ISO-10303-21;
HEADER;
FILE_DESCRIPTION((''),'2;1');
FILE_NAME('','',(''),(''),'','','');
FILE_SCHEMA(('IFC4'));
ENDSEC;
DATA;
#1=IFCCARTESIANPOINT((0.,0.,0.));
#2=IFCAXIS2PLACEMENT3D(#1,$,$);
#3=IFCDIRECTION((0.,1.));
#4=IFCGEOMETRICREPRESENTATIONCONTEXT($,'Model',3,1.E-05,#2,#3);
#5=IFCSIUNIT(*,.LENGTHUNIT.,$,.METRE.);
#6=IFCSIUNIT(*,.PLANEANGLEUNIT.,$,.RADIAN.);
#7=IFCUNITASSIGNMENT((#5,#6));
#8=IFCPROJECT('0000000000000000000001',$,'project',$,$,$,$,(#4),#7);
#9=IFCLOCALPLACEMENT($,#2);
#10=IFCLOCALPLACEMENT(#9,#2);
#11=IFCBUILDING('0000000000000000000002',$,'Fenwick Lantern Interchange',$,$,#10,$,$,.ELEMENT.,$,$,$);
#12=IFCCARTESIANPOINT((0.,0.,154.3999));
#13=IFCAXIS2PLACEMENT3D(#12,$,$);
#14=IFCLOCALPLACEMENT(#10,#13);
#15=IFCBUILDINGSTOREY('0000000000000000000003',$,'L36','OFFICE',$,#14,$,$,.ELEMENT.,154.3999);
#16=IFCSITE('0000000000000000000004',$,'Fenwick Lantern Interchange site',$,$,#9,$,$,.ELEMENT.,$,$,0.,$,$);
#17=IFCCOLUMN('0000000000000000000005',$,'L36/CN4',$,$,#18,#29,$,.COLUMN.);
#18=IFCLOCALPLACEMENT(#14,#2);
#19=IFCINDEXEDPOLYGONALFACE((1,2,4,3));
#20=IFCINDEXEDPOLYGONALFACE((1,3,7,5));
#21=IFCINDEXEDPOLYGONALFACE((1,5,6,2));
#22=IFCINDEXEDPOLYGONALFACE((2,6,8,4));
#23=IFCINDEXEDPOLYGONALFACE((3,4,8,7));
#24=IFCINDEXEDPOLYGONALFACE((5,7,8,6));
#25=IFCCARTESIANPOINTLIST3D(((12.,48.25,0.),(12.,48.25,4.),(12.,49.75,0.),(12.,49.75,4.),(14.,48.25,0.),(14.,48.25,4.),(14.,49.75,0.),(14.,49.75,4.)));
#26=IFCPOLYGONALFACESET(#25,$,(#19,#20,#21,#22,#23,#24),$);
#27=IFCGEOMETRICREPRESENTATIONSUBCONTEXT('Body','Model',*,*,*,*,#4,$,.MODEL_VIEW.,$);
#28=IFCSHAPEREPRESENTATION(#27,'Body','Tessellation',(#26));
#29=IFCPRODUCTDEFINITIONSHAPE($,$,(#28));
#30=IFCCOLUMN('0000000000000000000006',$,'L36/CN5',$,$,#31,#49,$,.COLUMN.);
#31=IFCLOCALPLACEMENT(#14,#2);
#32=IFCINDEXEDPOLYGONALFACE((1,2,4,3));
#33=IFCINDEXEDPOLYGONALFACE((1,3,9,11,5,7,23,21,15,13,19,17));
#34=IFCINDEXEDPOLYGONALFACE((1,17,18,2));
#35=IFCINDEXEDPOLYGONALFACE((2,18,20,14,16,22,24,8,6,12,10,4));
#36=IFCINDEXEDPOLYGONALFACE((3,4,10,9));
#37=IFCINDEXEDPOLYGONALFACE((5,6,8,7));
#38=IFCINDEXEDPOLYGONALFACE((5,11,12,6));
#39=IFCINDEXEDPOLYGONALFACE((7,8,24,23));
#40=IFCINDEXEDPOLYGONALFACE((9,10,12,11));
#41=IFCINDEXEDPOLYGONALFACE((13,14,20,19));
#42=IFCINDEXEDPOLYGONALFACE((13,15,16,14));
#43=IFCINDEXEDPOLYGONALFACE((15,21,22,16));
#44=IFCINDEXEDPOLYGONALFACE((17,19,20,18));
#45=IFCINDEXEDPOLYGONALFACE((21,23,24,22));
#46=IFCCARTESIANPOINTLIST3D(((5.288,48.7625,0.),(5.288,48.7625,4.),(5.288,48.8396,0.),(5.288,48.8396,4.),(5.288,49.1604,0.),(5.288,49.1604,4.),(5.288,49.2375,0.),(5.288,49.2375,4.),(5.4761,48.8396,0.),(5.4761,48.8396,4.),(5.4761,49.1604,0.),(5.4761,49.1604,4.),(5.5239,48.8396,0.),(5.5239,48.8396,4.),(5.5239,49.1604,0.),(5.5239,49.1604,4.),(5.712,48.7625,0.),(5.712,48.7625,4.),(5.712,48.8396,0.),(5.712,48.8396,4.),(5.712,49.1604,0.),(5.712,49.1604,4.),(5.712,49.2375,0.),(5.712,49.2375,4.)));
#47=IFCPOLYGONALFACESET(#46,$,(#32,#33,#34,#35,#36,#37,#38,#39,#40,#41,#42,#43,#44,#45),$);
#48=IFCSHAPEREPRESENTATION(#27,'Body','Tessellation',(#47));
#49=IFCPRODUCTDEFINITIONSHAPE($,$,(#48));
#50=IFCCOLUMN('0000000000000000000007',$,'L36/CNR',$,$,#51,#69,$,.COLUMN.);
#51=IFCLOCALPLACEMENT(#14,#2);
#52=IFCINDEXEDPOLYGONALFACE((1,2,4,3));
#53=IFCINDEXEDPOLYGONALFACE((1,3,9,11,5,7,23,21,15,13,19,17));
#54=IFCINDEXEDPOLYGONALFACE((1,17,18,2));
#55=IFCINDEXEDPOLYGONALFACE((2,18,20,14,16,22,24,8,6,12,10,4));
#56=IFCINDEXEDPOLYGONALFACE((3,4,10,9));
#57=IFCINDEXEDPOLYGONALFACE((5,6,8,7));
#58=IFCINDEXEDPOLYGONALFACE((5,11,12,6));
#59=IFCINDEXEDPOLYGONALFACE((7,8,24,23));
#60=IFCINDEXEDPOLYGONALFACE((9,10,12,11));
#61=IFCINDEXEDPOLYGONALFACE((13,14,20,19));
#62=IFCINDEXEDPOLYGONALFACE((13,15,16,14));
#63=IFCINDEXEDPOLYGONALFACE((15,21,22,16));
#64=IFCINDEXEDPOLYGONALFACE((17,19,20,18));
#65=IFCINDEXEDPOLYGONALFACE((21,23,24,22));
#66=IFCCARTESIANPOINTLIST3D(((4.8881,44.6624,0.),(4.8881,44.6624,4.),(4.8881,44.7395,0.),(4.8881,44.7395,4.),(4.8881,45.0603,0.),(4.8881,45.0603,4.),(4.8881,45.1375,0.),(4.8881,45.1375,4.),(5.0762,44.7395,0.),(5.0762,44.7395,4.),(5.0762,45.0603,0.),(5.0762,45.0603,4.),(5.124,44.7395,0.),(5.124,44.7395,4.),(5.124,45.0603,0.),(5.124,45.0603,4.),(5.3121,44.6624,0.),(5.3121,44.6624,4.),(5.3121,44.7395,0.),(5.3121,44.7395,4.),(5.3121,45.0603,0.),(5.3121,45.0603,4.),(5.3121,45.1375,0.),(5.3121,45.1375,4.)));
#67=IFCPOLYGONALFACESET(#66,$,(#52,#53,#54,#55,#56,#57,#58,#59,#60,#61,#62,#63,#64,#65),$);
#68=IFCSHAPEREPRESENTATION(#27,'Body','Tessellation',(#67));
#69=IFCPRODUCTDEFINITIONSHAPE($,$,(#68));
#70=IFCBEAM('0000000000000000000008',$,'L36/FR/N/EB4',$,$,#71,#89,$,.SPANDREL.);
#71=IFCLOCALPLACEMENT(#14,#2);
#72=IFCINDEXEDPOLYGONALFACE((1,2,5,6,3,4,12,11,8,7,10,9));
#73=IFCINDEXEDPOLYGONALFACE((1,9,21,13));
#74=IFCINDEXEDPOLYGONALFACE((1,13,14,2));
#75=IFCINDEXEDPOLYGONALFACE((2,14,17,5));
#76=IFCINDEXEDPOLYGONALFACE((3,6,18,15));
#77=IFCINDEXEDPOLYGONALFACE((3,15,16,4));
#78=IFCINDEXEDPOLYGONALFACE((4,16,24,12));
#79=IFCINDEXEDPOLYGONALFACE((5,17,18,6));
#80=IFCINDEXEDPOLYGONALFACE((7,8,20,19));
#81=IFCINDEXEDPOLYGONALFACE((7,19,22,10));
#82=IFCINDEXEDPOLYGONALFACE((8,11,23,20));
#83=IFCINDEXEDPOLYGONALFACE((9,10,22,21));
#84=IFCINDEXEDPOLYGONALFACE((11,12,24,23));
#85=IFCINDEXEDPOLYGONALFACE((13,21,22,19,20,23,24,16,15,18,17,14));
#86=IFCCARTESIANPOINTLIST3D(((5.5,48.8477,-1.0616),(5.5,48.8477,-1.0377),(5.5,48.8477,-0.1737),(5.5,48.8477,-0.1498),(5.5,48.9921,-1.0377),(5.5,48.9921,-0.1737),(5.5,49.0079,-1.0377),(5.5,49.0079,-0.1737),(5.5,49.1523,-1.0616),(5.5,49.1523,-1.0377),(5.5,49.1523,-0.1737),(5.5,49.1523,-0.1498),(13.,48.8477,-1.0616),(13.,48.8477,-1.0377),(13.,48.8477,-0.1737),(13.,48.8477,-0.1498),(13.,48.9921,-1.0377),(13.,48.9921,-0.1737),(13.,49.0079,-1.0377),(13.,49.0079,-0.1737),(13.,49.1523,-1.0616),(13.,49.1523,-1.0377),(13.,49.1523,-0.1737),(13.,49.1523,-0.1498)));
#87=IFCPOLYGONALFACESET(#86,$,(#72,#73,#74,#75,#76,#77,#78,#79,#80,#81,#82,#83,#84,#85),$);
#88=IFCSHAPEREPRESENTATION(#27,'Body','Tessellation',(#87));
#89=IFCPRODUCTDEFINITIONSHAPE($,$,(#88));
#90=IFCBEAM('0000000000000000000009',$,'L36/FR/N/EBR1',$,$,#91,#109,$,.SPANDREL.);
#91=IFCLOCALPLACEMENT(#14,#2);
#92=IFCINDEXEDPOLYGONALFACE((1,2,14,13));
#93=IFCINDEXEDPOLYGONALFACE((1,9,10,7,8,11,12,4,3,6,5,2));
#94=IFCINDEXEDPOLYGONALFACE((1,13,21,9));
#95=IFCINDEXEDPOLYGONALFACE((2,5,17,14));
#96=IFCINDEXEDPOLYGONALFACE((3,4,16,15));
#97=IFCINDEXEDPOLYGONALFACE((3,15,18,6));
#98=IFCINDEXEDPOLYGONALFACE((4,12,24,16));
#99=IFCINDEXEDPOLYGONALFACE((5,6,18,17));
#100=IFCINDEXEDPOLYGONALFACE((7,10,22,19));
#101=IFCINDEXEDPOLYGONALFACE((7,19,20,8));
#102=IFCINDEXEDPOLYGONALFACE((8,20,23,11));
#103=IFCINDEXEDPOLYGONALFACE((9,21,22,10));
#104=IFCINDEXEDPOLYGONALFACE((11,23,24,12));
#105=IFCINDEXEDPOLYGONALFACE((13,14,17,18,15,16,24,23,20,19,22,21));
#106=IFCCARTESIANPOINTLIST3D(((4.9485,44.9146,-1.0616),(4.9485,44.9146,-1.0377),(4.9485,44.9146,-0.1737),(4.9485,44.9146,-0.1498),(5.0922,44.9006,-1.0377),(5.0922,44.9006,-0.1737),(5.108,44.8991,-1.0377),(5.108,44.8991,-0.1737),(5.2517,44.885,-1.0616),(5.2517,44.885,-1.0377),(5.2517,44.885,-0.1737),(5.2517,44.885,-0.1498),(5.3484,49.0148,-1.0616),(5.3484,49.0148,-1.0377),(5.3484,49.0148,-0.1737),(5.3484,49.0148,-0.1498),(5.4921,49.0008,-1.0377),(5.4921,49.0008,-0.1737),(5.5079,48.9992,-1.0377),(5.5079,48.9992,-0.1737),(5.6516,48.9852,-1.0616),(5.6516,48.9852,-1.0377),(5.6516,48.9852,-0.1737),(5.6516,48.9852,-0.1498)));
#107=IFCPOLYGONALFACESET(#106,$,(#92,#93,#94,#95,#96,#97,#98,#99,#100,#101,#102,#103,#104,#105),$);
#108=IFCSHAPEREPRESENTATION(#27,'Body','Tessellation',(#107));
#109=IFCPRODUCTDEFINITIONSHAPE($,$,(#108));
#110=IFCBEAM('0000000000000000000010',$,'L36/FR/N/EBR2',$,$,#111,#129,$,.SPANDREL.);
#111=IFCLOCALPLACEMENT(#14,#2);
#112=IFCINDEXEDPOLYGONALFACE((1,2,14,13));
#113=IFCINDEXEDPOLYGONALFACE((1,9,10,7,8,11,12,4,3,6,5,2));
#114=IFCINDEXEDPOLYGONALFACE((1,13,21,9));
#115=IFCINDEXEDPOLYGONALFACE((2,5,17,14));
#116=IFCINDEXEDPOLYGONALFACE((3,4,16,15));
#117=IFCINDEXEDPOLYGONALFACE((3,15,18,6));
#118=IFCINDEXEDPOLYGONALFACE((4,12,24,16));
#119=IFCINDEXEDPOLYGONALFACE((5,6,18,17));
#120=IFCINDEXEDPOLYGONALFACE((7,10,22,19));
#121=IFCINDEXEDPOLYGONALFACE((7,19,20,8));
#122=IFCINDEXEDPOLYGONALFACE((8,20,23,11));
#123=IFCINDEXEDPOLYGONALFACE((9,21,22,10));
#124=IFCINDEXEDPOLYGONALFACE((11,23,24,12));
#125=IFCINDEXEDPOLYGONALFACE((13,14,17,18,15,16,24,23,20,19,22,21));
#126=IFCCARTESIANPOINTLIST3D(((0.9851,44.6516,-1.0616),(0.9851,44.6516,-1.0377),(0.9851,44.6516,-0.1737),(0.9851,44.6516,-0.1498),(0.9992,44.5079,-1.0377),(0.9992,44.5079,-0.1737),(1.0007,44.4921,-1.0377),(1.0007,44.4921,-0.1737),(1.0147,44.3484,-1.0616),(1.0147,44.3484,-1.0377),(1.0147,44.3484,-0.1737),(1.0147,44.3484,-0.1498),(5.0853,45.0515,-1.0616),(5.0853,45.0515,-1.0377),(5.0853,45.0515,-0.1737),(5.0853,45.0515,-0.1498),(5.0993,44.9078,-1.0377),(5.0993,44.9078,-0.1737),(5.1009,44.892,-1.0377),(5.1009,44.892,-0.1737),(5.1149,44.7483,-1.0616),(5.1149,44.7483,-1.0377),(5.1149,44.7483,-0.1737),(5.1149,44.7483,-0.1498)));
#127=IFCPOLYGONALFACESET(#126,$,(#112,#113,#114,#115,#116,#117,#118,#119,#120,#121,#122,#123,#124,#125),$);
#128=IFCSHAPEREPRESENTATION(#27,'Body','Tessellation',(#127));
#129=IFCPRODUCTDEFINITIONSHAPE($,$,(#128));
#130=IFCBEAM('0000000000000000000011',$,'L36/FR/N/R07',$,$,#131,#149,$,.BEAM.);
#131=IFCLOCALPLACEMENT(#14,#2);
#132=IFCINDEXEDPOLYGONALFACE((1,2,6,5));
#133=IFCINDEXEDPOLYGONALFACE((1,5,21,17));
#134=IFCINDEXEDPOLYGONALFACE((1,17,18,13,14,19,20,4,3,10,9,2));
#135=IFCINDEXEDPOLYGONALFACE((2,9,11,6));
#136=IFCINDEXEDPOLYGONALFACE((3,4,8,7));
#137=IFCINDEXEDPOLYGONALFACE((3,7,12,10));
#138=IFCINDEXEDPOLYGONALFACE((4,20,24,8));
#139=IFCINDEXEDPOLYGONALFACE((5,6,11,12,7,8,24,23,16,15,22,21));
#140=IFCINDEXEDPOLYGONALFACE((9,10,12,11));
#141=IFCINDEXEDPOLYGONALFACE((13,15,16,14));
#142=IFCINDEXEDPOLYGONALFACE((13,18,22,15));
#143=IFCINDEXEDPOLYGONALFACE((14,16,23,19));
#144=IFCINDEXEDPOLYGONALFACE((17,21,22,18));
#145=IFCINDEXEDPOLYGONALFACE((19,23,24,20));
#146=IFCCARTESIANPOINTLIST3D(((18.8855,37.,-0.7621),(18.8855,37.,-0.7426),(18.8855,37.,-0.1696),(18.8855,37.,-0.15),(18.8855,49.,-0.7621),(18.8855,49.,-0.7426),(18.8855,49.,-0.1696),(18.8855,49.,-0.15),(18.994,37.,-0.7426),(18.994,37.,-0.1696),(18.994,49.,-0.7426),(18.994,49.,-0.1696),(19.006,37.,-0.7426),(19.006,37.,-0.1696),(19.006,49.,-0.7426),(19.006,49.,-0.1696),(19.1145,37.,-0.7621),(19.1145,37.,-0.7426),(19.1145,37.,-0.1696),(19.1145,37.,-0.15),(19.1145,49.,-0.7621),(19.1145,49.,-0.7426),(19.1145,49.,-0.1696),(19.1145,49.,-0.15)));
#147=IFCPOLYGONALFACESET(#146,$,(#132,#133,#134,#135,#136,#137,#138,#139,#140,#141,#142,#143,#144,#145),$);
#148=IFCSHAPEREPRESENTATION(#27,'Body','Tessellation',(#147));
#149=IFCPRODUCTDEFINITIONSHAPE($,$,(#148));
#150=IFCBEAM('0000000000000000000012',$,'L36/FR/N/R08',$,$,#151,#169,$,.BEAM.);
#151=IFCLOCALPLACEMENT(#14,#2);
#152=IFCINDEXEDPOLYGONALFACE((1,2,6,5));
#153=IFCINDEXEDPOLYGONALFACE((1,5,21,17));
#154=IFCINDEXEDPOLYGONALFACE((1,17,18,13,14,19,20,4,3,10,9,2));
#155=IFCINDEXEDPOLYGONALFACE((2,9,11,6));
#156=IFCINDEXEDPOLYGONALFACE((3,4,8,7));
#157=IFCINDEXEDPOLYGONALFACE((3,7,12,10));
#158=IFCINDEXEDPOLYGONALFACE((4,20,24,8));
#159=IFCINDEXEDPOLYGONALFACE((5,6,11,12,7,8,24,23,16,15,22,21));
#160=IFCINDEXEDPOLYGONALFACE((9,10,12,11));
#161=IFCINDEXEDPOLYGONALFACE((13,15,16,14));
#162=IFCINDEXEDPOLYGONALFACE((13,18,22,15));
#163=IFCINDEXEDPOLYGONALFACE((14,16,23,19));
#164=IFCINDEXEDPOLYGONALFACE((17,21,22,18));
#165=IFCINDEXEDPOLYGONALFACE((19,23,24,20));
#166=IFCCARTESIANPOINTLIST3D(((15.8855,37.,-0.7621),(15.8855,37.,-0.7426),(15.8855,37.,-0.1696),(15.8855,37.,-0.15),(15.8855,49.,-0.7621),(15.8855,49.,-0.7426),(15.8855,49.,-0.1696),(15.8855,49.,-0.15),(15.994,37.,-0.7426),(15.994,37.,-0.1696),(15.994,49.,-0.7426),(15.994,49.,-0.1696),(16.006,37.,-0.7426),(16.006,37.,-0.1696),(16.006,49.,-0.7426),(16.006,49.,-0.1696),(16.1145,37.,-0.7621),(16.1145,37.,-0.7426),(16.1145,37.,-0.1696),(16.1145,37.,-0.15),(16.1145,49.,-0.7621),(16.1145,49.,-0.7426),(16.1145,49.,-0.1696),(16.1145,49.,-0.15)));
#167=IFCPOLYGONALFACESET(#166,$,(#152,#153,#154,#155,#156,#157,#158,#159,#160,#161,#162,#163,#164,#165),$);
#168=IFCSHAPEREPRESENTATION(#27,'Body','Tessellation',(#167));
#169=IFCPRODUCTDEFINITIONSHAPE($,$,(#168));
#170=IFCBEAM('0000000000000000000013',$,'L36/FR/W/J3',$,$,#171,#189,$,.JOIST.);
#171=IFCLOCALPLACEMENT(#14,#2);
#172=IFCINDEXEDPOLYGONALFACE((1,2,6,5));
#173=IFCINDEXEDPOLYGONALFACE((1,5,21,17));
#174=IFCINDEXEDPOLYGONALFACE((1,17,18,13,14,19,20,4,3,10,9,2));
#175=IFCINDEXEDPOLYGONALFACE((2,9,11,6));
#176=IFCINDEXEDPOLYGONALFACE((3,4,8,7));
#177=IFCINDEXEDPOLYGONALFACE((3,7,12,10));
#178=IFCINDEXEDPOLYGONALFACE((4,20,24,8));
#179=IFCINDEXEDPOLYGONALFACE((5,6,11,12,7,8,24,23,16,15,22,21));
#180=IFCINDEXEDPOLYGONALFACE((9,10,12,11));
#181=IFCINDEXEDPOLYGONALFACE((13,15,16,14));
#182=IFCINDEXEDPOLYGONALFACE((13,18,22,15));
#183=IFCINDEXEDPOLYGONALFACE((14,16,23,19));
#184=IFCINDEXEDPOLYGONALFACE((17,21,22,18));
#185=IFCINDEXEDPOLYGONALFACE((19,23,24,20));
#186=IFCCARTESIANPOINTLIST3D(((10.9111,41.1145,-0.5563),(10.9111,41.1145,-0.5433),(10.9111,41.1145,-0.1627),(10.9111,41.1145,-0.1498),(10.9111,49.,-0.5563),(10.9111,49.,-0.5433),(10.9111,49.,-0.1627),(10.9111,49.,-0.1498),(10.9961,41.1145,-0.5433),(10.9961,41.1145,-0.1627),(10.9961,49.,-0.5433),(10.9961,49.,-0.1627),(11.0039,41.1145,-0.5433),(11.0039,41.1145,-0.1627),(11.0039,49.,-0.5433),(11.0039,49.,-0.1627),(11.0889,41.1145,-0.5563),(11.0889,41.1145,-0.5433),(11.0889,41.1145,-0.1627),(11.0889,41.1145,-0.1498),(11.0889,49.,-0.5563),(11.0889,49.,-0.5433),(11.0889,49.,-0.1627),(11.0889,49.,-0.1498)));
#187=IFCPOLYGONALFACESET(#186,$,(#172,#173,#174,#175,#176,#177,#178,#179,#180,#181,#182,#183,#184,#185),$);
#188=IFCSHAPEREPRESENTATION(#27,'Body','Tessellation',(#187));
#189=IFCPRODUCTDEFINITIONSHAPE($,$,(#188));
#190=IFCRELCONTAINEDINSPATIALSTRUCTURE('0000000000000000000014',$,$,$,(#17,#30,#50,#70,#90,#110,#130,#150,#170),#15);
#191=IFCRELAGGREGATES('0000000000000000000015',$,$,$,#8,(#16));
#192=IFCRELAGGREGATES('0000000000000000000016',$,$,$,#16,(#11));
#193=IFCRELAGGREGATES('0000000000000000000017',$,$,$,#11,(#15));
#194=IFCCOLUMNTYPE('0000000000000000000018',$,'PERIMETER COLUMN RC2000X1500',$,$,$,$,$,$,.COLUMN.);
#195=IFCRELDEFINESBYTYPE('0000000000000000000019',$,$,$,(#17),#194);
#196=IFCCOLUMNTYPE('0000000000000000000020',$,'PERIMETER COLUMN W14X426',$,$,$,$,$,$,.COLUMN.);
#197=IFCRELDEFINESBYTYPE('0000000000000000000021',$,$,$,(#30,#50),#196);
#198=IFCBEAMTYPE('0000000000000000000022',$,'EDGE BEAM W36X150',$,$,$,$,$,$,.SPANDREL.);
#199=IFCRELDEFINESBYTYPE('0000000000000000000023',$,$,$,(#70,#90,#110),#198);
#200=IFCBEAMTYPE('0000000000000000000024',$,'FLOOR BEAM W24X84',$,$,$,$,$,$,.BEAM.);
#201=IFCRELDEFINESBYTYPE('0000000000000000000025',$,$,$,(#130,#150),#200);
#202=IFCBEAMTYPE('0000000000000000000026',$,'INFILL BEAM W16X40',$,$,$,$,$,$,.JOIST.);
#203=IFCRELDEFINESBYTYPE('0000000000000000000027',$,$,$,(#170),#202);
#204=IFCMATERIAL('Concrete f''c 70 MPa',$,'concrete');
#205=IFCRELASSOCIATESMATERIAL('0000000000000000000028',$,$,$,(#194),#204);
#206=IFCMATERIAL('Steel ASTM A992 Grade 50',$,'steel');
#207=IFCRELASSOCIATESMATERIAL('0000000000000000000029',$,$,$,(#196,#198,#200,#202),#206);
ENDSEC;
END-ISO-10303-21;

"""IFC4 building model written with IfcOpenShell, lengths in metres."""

from ifc_helpers import new_model, si_unit, direction, frame, origin, origin_2d, place, context, subcontext, project, spatial, rectangle, i_section, extrude, material, material_profile, profile_set, type_object, element, save


model = new_model("IFC4")

# Units and contexts
model_context = context("Model", 3, precision=1e-05, world=origin(), true_north=direction((0.0, 1.0)))
body_context = subcontext(model_context, "Body", "Model", "MODEL_VIEW")
ifc_project = project(units=[si_unit("LENGTHUNIT", "METRE"), si_unit("PLANEANGLEUNIT", "RADIAN")], contexts=[model_context])

# Site, building, storey
site_placement = place(None, origin())
site = spatial("IfcSite", under=ifc_project, at=site_placement, Name="Fenwick Lantern Interchange site", CompositionType="ELEMENT", RefElevation=0.0)
building_placement = place(site_placement, origin())
building = spatial("IfcBuilding", under=site, at=building_placement, Name="Fenwick Lantern Interchange", CompositionType="ELEMENT")
storey_placement = place(building_placement, frame((0.0, 0.0, 154.3999)))
storey = spatial("IfcBuildingStorey", under=building, at=storey_placement, Name="L36", Description="OFFICE", CompositionType="ELEMENT", Elevation=154.3999)

# Columns
ifc_material_1 = material(Name="Concrete f'c 70 MPa", Category="concrete")
ifc_material_profile_1 = material_profile(ifc_material_1, rectangle(XDim=2.0, YDim=1.5, at=origin_2d()), Name="RC2000X1500")
ifc_profile_set_1 = profile_set([ifc_material_profile_1], Name="Concrete f'c 70 MPa")
column_type_1 = type_object("IfcColumnType", Name="PERIMETER COLUMN RC2000X1500", PredefinedType="COLUMN", material=ifc_profile_set_1)
column_placement = place(storey_placement, frame((13.0, 49.0, 0.0), z_axis=(0.0, 0.0, 1.0), x_axis=(1.0, 0.0, 0.0)))
element("IfcColumn", 1, at=column_placement, inside=storey, type_object=column_type_1, Name="L36/CN4", PredefinedType="COLUMN", context=body_context, shape_type="SweptSolid", body=[
    extrude(rectangle(XDim=2.0, YDim=1.5, at=origin_2d()), origin(), (0.0, 0.0, 1.0), 4.0),
])
ifc_material_2 = material(Name="Steel ASTM A992 Grade 50", Category="steel")
ifc_material_profile_2 = material_profile(ifc_material_2, i_section(OverallWidth=0.4241, OverallDepth=0.4751, WebThickness=0.0479, FlangeThickness=0.0771, at=origin_2d()), Name="W14X426")
ifc_profile_set_2 = profile_set([ifc_material_profile_2], Name="Steel ASTM A992 Grade 50")
column_type_2 = type_object("IfcColumnType", Name="PERIMETER COLUMN W14X426", PredefinedType="COLUMN", material=ifc_profile_set_2)
for number, where, z_axis, x_axis, name in (
    (2, (5.5, 49.0, 0.0), (0.0, 0.0, 1.0), (1.0, 0.0, 0.0), "L36/CN5"),
    (3, (5.1001, 44.8999, 0.0), (0.0, 0.0, 1.0), (1.0, 0.0, 0.0), "L36/CNR"),
):
    element("IfcColumn", number, at=place(storey_placement, frame(where, z_axis=z_axis, x_axis=x_axis)), inside=storey, type_object=column_type_2, Name=name, PredefinedType="COLUMN", context=body_context, shape_type="SweptSolid", body=[
        extrude(i_section(OverallWidth=0.4241, OverallDepth=0.4751, WebThickness=0.0479, FlangeThickness=0.0771, at=origin_2d()), origin(), (0.0, 0.0, 1.0), 4.0),
    ])

# Beams
ifc_material_profile_3 = material_profile(ifc_material_2, i_section(OverallWidth=0.3047, OverallDepth=0.9119, WebThickness=0.0159, FlangeThickness=0.0239, at=origin_2d()), Name="W36X150")
ifc_profile_set_3 = profile_set([ifc_material_profile_3], Name="Steel ASTM A992 Grade 50")
beam_type_1 = type_object("IfcBeamType", Name="EDGE BEAM W36X150", PredefinedType="SPANDREL", material=ifc_profile_set_3)
beam_1_placement = place(storey_placement, frame((13.0, 49.0, -0.6057), z_axis=(-1.0, 0.0, 0.0), x_axis=(0.0, -1.0, 0.0)))
element("IfcBeam", 4, at=beam_1_placement, inside=storey, type_object=beam_type_1, Name="L36/FR/N/EB4", PredefinedType="SPANDREL", context=body_context, shape_type="SweptSolid", body=[
    extrude(i_section(OverallWidth=0.3047, OverallDepth=0.9119, WebThickness=0.0159, FlangeThickness=0.0239, at=origin_2d()), origin(), (0.0, 0.0, 1.0), 7.5),
])
for number, where, z_axis, x_axis, name in (
    (5, (5.5, 49.0, -0.6057), (-0.097074, -0.995277, 0.0), (0.995277, -0.097074, 0.0), "L36/FR/N/EBR1"),
    (6, (5.1001, 44.8999, -0.6057), (-0.995277, -0.097074, 0.0), (0.097074, -0.995277, 0.0), "L36/FR/N/EBR2"),
):
    element("IfcBeam", number, at=place(storey_placement, frame(where, z_axis=z_axis, x_axis=x_axis)), inside=storey, type_object=beam_type_1, Name=name, PredefinedType="SPANDREL", context=body_context, shape_type="SweptSolid", body=[
        extrude(i_section(OverallWidth=0.3047, OverallDepth=0.9119, WebThickness=0.0159, FlangeThickness=0.0239, at=origin_2d()), origin(), (0.0, 0.0, 1.0), 4.1196),
    ])
ifc_material_profile_4 = material_profile(ifc_material_2, i_section(OverallWidth=0.229, OverallDepth=0.6121, WebThickness=0.012, FlangeThickness=0.0195, at=origin_2d()), Name="W24X84")
ifc_profile_set_4 = profile_set([ifc_material_profile_4], Name="Steel ASTM A992 Grade 50")
beam_type_2 = type_object("IfcBeamType", Name="FLOOR BEAM W24X84", PredefinedType="BEAM", material=ifc_profile_set_4)
for number, where, z_axis, x_axis, name in (
    (7, (19.0, 49.0, -0.4561), (0.0, -1.0, 0.0), (1.0, 0.0, 0.0), "L36/FR/N/R07"),
    (8, (16.0, 49.0, -0.4561), (0.0, -1.0, 0.0), (1.0, 0.0, 0.0), "L36/FR/N/R08"),
):
    element("IfcBeam", number, at=place(storey_placement, frame(where, z_axis=z_axis, x_axis=x_axis)), inside=storey, type_object=beam_type_2, Name=name, PredefinedType="BEAM", context=body_context, shape_type="SweptSolid", body=[
        extrude(i_section(OverallWidth=0.229, OverallDepth=0.6121, WebThickness=0.012, FlangeThickness=0.0195, at=origin_2d()), origin(), (0.0, 0.0, 1.0), 12.0),
    ])
ifc_material_profile_5 = material_profile(ifc_material_2, i_section(OverallWidth=0.1777, OverallDepth=0.4065, WebThickness=0.0078, FlangeThickness=0.0129, at=origin_2d()), Name="W16X40")
ifc_profile_set_5 = profile_set([ifc_material_profile_5], Name="Steel ASTM A992 Grade 50")
beam_type_3 = type_object("IfcBeamType", Name="INFILL BEAM W16X40", PredefinedType="JOIST", material=ifc_profile_set_5)
beam_2_placement = place(storey_placement, frame((11.0, 49.0, -0.353), z_axis=(0.0, -1.0, 0.0), x_axis=(1.0, 0.0, 0.0)))
element("IfcBeam", 9, at=beam_2_placement, inside=storey, type_object=beam_type_3, Name="L36/FR/W/J3", PredefinedType="JOIST", context=body_context, shape_type="SweptSolid", body=[
    extrude(i_section(OverallWidth=0.1777, OverallDepth=0.4065, WebThickness=0.0078, FlangeThickness=0.0129, at=origin_2d()), origin(), (0.0, 0.0, 1.0), 7.8855),
])

save(model, "model.ifc")
